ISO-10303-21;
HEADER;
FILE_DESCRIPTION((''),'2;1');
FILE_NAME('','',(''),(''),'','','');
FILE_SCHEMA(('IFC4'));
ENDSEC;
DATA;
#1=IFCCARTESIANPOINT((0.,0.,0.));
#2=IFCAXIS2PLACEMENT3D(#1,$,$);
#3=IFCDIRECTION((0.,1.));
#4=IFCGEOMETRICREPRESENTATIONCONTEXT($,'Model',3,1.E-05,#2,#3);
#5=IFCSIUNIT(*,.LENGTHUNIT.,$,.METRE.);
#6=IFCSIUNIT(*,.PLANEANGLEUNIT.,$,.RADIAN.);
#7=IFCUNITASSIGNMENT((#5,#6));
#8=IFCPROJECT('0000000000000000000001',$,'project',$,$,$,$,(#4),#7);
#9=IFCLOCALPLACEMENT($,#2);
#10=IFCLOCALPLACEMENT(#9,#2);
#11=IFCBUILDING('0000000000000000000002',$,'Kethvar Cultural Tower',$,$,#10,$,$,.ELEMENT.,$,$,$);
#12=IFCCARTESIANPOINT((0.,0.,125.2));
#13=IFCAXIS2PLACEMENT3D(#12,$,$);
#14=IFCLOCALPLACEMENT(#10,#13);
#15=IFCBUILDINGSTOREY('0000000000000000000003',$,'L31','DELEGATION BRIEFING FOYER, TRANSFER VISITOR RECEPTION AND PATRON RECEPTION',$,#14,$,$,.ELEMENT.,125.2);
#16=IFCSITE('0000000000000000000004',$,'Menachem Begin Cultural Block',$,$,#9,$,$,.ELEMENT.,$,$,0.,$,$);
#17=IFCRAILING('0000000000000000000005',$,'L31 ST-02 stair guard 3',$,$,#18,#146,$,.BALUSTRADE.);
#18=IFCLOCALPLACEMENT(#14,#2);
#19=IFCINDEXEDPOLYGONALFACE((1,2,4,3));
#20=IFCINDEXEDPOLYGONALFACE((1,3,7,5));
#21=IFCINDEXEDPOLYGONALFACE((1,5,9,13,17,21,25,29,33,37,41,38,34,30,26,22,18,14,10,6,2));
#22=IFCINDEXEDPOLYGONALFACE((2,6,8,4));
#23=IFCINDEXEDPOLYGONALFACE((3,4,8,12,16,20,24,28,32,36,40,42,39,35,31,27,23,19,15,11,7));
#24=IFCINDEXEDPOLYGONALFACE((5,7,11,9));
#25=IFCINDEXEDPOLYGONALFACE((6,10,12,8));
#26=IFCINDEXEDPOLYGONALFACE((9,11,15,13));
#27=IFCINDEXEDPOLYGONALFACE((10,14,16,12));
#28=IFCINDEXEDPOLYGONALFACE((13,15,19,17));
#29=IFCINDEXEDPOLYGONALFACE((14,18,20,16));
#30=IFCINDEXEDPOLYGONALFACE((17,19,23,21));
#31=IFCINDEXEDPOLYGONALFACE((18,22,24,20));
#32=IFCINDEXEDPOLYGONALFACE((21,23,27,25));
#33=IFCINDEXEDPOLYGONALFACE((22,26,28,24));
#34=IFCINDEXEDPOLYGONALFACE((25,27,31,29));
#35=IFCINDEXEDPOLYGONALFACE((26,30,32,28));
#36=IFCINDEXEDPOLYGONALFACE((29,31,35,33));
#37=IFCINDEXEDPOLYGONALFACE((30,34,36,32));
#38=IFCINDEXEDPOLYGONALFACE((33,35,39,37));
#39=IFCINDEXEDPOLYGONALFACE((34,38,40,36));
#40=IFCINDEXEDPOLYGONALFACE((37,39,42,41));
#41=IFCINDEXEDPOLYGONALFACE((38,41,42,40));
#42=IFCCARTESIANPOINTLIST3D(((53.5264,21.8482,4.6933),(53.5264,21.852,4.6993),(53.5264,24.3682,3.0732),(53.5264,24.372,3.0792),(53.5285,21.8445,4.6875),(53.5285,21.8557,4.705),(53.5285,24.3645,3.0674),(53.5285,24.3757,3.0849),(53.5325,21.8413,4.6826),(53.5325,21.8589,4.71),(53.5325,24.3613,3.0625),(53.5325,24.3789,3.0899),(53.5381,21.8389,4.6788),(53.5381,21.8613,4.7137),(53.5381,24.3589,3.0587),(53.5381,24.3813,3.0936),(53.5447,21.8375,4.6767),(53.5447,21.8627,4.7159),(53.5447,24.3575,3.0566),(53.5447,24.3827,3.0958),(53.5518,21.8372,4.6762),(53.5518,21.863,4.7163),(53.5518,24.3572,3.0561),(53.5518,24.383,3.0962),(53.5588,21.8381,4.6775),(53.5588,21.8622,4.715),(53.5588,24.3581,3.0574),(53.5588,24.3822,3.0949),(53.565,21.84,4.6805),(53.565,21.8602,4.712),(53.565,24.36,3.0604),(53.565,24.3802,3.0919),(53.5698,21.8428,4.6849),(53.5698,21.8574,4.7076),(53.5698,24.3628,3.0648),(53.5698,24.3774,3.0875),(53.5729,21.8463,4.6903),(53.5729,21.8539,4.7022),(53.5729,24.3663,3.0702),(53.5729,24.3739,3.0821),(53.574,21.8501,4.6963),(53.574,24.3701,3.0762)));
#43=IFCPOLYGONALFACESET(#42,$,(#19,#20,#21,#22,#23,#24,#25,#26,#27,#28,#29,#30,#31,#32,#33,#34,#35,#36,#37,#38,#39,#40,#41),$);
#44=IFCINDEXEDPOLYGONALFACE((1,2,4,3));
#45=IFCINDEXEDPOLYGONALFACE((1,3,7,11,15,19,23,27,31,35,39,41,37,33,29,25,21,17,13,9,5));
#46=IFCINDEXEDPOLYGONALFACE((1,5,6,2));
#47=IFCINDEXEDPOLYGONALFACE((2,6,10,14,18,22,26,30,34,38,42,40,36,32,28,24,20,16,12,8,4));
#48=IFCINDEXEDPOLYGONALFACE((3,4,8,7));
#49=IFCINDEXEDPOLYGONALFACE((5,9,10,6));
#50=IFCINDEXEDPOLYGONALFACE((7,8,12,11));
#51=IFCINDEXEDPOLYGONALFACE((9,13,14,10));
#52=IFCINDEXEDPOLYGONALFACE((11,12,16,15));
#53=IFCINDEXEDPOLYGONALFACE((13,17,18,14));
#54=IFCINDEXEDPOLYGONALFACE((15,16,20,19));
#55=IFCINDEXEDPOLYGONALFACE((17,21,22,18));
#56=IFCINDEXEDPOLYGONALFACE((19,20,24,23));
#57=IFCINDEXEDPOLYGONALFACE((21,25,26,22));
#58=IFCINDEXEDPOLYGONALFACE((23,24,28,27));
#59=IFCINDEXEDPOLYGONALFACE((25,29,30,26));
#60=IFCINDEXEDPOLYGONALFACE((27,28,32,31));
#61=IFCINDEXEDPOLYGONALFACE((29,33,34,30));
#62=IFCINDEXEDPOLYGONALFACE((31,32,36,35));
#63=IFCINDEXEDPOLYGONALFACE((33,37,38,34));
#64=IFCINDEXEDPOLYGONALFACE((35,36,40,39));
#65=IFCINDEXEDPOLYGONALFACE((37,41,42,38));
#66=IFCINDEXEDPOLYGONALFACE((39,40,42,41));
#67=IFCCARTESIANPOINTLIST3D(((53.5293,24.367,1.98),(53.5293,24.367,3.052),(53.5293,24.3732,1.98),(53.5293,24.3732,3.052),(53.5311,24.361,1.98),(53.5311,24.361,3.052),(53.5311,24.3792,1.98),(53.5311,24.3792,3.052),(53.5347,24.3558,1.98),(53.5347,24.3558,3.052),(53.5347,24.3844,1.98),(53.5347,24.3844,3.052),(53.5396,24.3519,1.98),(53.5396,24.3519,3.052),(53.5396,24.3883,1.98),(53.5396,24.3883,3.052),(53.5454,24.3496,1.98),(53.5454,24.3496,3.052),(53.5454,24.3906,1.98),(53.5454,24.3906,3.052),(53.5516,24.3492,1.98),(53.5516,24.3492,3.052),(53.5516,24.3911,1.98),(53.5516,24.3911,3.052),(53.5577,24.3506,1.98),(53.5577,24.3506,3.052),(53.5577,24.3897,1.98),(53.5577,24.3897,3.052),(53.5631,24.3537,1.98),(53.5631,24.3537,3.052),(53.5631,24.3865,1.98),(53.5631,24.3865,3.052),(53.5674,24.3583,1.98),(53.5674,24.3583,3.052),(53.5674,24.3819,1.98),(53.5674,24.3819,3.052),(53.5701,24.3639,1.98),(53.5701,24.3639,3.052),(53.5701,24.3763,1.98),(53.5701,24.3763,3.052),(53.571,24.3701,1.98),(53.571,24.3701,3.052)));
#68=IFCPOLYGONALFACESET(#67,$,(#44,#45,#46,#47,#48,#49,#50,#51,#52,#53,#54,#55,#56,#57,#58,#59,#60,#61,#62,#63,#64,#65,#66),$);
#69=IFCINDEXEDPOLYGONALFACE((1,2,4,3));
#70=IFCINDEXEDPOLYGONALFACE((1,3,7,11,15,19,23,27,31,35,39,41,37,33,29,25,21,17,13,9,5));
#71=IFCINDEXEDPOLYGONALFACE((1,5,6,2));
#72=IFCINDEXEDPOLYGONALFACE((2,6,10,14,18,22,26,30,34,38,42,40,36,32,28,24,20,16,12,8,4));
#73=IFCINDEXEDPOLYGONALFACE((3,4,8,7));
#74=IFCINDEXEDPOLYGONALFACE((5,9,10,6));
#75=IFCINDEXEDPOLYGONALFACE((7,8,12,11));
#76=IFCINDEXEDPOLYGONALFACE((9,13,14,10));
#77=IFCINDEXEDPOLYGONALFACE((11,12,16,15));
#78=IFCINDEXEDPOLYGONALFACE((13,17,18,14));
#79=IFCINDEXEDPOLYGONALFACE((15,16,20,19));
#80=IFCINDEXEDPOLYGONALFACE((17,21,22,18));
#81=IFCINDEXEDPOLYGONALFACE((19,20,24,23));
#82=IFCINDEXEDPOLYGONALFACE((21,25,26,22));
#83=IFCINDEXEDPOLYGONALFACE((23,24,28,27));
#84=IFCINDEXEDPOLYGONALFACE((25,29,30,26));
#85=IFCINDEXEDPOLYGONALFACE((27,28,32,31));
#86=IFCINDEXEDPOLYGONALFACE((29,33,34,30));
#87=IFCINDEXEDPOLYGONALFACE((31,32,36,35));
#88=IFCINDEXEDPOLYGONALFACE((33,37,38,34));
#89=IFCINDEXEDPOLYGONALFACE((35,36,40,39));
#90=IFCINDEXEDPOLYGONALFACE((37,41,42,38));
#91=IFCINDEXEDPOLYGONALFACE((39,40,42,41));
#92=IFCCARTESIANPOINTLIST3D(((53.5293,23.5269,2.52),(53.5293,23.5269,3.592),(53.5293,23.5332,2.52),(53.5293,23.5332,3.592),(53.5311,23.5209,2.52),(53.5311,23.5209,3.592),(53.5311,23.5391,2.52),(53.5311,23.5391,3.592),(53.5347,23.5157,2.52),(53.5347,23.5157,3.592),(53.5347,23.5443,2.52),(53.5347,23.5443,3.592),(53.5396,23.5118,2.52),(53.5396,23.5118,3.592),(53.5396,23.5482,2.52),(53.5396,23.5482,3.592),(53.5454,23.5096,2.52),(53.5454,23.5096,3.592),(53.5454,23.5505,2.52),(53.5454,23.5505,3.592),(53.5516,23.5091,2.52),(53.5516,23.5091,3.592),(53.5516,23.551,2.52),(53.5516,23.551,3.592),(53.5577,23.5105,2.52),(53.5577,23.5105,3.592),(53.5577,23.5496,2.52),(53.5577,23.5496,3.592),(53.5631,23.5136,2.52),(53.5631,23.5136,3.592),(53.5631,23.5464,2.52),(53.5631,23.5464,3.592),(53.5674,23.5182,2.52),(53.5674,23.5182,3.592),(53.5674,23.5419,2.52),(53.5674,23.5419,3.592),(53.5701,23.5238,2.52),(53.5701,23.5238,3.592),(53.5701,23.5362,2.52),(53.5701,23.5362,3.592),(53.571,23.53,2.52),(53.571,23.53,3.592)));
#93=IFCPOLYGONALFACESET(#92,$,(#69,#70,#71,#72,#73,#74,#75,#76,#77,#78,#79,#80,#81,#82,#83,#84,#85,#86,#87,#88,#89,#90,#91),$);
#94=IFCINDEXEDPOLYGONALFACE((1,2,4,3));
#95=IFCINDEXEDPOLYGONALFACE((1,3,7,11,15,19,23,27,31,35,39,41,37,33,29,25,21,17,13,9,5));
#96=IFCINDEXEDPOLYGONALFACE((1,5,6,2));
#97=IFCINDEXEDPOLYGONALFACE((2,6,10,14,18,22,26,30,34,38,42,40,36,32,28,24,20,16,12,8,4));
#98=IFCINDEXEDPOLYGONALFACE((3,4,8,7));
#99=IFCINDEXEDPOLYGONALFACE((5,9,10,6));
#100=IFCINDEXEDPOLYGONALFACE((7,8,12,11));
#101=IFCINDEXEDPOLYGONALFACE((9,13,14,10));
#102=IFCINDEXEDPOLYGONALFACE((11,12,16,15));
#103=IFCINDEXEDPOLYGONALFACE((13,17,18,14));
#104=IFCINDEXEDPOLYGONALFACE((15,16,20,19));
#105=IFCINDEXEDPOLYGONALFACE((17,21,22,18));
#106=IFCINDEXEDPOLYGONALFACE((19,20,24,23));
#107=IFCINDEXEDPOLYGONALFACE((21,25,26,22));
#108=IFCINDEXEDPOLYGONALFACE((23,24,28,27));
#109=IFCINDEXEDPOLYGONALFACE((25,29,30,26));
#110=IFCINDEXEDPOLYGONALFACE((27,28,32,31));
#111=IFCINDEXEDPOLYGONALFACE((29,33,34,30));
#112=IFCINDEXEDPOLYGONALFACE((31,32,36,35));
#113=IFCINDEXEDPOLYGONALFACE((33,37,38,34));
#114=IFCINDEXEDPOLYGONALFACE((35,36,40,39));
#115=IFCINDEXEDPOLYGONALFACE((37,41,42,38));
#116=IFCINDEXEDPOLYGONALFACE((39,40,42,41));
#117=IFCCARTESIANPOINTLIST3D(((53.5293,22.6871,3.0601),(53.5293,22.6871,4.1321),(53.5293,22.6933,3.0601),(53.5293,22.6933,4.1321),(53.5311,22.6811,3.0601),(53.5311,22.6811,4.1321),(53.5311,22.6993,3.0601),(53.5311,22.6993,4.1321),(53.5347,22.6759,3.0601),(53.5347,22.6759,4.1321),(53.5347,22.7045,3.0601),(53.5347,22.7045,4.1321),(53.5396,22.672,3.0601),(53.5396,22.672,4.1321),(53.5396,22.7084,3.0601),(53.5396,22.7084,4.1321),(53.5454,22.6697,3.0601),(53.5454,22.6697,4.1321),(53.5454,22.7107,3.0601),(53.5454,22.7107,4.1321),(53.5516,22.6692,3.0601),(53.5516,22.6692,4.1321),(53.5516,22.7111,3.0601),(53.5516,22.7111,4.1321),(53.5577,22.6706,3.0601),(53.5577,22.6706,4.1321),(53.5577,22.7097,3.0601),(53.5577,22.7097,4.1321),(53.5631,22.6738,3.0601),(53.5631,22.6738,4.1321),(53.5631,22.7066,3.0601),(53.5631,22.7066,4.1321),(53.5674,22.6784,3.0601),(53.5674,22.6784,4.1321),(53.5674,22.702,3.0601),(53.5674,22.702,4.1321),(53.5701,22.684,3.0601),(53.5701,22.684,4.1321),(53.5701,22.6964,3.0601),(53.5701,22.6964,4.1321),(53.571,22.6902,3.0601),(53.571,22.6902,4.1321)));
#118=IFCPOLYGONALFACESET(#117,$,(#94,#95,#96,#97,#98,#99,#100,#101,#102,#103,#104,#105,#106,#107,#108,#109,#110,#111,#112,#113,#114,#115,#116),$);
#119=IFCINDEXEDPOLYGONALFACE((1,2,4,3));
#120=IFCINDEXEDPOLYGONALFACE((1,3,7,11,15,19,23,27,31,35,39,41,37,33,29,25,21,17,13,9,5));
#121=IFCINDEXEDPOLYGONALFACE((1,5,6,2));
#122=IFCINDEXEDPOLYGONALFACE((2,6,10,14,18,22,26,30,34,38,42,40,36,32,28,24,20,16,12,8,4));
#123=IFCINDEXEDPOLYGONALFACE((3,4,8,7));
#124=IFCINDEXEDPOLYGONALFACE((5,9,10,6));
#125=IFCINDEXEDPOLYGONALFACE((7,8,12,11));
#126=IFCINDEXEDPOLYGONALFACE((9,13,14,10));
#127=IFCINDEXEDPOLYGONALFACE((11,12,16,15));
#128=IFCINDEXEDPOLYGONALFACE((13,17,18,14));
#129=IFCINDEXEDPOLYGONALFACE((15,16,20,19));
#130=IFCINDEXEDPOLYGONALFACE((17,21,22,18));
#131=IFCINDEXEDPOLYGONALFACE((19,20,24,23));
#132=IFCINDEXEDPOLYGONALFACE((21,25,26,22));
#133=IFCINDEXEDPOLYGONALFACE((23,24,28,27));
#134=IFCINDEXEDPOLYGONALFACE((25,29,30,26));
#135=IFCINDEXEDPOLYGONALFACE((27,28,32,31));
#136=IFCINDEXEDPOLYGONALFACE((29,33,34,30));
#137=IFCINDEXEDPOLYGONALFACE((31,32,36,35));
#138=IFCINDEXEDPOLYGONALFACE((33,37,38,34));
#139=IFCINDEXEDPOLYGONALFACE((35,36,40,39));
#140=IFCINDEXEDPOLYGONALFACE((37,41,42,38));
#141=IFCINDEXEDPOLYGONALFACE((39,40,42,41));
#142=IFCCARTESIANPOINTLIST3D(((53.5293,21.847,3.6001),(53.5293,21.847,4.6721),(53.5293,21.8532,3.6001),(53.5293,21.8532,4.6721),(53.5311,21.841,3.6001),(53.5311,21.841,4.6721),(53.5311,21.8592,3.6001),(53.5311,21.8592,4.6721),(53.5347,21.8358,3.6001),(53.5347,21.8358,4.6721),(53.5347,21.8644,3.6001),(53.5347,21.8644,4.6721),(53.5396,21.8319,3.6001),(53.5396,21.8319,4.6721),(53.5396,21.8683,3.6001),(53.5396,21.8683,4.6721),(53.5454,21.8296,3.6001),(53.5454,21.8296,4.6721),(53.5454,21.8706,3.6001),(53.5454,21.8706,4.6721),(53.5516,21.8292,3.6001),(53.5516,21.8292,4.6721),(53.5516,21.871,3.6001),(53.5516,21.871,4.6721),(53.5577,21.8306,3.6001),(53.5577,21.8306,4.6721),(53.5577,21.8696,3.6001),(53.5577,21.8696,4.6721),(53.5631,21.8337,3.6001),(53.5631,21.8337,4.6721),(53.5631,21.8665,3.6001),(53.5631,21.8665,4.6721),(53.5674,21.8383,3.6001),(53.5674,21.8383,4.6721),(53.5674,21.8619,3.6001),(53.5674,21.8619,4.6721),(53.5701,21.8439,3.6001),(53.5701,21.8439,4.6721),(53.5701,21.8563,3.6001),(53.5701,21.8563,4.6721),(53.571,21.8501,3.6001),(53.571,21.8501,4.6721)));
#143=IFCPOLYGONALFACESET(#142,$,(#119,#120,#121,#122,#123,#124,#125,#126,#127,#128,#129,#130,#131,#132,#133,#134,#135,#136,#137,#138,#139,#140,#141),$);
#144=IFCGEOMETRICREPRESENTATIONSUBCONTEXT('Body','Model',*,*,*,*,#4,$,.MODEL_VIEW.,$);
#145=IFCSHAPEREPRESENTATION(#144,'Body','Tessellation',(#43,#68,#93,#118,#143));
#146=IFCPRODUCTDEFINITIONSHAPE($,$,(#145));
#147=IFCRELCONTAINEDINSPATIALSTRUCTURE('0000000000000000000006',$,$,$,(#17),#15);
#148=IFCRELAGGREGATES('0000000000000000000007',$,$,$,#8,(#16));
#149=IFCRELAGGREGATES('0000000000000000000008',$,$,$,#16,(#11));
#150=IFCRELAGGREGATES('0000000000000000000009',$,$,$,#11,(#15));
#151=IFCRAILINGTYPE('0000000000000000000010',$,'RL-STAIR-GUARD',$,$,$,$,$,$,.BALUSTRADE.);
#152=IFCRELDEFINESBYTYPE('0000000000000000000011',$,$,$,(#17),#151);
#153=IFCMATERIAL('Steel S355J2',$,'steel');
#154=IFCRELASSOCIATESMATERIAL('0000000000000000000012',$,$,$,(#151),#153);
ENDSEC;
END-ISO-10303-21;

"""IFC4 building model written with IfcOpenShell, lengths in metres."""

from ifc_helpers import new_model, si_unit, direction, frame, origin, origin_2d, place, context, subcontext, project, spatial, circle, extrude, material, type_object, element, save


model = new_model("IFC4")

# Units and contexts
model_context = context("Model", 3, precision=1e-05, world=origin(), true_north=direction((0.0, 1.0)))
body_context = subcontext(model_context, "Body", "Model", "MODEL_VIEW")
ifc_project = project(units=[si_unit("LENGTHUNIT", "METRE"), si_unit("PLANEANGLEUNIT", "RADIAN")], contexts=[model_context])

# Site, building, storey
site_placement = place(None, origin())
site = spatial("IfcSite", under=ifc_project, at=site_placement, Name="Menachem Begin Cultural Block", CompositionType="ELEMENT", RefElevation=0.0)
building_placement = place(site_placement, origin())
building = spatial("IfcBuilding", under=site, at=building_placement, Name="Kethvar Cultural Tower", CompositionType="ELEMENT")
storey_placement = place(building_placement, frame((0.0, 0.0, 125.2)))
storey = spatial("IfcBuildingStorey", under=building, at=storey_placement, Name="L31", Description="DELEGATION BRIEFING FOYER, TRANSFER VISITOR RECEPTION AND PATRON RECEPTION", CompositionType="ELEMENT", Elevation=125.2)

# Shared definitions
ifc_material_1 = material(Name="Steel S355J2", Category="steel")

# Railing
railing_type_1 = type_object("IfcRailingType", Name="RL-STAIR-GUARD", PredefinedType="BALUSTRADE", material=ifc_material_1)
railing_1_placement = place(storey_placement, frame((53.55, 24.3701, 1.98)))
element("IfcRailing", 1, at=railing_1_placement, inside=storey, type_object=railing_type_1, Name="L31 ST-02 stair guard 3", PredefinedType="BALUSTRADE", context=body_context, shape_type="SweptSolid", body=[
    extrude(circle(Radius=0.0239, at=origin_2d()), frame((0.0, 0.0, 1.0962), z_axis=(0.0, -0.841163, 0.540782), x_axis=(1.0, 0.0, 0.0)), (0.0, 0.0, 1.0), 2.9958),
    extrude(circle(Radius=0.021, at=origin_2d()), origin(), (0.0, 0.0, 1.0), 1.072),
    extrude(circle(Radius=0.021, at=origin_2d()), frame((0.0, -0.8401, 0.54)), (0.0, 0.0, 1.0), 1.072),
    extrude(circle(Radius=0.021, at=origin_2d()), frame((0.0, -1.6799, 1.0801)), (0.0, 0.0, 1.0), 1.072),
    extrude(circle(Radius=0.021, at=origin_2d()), frame((0.0, -2.52, 1.6201)), (0.0, 0.0, 1.0), 1.072),
])

save(model, "model.ifc")
